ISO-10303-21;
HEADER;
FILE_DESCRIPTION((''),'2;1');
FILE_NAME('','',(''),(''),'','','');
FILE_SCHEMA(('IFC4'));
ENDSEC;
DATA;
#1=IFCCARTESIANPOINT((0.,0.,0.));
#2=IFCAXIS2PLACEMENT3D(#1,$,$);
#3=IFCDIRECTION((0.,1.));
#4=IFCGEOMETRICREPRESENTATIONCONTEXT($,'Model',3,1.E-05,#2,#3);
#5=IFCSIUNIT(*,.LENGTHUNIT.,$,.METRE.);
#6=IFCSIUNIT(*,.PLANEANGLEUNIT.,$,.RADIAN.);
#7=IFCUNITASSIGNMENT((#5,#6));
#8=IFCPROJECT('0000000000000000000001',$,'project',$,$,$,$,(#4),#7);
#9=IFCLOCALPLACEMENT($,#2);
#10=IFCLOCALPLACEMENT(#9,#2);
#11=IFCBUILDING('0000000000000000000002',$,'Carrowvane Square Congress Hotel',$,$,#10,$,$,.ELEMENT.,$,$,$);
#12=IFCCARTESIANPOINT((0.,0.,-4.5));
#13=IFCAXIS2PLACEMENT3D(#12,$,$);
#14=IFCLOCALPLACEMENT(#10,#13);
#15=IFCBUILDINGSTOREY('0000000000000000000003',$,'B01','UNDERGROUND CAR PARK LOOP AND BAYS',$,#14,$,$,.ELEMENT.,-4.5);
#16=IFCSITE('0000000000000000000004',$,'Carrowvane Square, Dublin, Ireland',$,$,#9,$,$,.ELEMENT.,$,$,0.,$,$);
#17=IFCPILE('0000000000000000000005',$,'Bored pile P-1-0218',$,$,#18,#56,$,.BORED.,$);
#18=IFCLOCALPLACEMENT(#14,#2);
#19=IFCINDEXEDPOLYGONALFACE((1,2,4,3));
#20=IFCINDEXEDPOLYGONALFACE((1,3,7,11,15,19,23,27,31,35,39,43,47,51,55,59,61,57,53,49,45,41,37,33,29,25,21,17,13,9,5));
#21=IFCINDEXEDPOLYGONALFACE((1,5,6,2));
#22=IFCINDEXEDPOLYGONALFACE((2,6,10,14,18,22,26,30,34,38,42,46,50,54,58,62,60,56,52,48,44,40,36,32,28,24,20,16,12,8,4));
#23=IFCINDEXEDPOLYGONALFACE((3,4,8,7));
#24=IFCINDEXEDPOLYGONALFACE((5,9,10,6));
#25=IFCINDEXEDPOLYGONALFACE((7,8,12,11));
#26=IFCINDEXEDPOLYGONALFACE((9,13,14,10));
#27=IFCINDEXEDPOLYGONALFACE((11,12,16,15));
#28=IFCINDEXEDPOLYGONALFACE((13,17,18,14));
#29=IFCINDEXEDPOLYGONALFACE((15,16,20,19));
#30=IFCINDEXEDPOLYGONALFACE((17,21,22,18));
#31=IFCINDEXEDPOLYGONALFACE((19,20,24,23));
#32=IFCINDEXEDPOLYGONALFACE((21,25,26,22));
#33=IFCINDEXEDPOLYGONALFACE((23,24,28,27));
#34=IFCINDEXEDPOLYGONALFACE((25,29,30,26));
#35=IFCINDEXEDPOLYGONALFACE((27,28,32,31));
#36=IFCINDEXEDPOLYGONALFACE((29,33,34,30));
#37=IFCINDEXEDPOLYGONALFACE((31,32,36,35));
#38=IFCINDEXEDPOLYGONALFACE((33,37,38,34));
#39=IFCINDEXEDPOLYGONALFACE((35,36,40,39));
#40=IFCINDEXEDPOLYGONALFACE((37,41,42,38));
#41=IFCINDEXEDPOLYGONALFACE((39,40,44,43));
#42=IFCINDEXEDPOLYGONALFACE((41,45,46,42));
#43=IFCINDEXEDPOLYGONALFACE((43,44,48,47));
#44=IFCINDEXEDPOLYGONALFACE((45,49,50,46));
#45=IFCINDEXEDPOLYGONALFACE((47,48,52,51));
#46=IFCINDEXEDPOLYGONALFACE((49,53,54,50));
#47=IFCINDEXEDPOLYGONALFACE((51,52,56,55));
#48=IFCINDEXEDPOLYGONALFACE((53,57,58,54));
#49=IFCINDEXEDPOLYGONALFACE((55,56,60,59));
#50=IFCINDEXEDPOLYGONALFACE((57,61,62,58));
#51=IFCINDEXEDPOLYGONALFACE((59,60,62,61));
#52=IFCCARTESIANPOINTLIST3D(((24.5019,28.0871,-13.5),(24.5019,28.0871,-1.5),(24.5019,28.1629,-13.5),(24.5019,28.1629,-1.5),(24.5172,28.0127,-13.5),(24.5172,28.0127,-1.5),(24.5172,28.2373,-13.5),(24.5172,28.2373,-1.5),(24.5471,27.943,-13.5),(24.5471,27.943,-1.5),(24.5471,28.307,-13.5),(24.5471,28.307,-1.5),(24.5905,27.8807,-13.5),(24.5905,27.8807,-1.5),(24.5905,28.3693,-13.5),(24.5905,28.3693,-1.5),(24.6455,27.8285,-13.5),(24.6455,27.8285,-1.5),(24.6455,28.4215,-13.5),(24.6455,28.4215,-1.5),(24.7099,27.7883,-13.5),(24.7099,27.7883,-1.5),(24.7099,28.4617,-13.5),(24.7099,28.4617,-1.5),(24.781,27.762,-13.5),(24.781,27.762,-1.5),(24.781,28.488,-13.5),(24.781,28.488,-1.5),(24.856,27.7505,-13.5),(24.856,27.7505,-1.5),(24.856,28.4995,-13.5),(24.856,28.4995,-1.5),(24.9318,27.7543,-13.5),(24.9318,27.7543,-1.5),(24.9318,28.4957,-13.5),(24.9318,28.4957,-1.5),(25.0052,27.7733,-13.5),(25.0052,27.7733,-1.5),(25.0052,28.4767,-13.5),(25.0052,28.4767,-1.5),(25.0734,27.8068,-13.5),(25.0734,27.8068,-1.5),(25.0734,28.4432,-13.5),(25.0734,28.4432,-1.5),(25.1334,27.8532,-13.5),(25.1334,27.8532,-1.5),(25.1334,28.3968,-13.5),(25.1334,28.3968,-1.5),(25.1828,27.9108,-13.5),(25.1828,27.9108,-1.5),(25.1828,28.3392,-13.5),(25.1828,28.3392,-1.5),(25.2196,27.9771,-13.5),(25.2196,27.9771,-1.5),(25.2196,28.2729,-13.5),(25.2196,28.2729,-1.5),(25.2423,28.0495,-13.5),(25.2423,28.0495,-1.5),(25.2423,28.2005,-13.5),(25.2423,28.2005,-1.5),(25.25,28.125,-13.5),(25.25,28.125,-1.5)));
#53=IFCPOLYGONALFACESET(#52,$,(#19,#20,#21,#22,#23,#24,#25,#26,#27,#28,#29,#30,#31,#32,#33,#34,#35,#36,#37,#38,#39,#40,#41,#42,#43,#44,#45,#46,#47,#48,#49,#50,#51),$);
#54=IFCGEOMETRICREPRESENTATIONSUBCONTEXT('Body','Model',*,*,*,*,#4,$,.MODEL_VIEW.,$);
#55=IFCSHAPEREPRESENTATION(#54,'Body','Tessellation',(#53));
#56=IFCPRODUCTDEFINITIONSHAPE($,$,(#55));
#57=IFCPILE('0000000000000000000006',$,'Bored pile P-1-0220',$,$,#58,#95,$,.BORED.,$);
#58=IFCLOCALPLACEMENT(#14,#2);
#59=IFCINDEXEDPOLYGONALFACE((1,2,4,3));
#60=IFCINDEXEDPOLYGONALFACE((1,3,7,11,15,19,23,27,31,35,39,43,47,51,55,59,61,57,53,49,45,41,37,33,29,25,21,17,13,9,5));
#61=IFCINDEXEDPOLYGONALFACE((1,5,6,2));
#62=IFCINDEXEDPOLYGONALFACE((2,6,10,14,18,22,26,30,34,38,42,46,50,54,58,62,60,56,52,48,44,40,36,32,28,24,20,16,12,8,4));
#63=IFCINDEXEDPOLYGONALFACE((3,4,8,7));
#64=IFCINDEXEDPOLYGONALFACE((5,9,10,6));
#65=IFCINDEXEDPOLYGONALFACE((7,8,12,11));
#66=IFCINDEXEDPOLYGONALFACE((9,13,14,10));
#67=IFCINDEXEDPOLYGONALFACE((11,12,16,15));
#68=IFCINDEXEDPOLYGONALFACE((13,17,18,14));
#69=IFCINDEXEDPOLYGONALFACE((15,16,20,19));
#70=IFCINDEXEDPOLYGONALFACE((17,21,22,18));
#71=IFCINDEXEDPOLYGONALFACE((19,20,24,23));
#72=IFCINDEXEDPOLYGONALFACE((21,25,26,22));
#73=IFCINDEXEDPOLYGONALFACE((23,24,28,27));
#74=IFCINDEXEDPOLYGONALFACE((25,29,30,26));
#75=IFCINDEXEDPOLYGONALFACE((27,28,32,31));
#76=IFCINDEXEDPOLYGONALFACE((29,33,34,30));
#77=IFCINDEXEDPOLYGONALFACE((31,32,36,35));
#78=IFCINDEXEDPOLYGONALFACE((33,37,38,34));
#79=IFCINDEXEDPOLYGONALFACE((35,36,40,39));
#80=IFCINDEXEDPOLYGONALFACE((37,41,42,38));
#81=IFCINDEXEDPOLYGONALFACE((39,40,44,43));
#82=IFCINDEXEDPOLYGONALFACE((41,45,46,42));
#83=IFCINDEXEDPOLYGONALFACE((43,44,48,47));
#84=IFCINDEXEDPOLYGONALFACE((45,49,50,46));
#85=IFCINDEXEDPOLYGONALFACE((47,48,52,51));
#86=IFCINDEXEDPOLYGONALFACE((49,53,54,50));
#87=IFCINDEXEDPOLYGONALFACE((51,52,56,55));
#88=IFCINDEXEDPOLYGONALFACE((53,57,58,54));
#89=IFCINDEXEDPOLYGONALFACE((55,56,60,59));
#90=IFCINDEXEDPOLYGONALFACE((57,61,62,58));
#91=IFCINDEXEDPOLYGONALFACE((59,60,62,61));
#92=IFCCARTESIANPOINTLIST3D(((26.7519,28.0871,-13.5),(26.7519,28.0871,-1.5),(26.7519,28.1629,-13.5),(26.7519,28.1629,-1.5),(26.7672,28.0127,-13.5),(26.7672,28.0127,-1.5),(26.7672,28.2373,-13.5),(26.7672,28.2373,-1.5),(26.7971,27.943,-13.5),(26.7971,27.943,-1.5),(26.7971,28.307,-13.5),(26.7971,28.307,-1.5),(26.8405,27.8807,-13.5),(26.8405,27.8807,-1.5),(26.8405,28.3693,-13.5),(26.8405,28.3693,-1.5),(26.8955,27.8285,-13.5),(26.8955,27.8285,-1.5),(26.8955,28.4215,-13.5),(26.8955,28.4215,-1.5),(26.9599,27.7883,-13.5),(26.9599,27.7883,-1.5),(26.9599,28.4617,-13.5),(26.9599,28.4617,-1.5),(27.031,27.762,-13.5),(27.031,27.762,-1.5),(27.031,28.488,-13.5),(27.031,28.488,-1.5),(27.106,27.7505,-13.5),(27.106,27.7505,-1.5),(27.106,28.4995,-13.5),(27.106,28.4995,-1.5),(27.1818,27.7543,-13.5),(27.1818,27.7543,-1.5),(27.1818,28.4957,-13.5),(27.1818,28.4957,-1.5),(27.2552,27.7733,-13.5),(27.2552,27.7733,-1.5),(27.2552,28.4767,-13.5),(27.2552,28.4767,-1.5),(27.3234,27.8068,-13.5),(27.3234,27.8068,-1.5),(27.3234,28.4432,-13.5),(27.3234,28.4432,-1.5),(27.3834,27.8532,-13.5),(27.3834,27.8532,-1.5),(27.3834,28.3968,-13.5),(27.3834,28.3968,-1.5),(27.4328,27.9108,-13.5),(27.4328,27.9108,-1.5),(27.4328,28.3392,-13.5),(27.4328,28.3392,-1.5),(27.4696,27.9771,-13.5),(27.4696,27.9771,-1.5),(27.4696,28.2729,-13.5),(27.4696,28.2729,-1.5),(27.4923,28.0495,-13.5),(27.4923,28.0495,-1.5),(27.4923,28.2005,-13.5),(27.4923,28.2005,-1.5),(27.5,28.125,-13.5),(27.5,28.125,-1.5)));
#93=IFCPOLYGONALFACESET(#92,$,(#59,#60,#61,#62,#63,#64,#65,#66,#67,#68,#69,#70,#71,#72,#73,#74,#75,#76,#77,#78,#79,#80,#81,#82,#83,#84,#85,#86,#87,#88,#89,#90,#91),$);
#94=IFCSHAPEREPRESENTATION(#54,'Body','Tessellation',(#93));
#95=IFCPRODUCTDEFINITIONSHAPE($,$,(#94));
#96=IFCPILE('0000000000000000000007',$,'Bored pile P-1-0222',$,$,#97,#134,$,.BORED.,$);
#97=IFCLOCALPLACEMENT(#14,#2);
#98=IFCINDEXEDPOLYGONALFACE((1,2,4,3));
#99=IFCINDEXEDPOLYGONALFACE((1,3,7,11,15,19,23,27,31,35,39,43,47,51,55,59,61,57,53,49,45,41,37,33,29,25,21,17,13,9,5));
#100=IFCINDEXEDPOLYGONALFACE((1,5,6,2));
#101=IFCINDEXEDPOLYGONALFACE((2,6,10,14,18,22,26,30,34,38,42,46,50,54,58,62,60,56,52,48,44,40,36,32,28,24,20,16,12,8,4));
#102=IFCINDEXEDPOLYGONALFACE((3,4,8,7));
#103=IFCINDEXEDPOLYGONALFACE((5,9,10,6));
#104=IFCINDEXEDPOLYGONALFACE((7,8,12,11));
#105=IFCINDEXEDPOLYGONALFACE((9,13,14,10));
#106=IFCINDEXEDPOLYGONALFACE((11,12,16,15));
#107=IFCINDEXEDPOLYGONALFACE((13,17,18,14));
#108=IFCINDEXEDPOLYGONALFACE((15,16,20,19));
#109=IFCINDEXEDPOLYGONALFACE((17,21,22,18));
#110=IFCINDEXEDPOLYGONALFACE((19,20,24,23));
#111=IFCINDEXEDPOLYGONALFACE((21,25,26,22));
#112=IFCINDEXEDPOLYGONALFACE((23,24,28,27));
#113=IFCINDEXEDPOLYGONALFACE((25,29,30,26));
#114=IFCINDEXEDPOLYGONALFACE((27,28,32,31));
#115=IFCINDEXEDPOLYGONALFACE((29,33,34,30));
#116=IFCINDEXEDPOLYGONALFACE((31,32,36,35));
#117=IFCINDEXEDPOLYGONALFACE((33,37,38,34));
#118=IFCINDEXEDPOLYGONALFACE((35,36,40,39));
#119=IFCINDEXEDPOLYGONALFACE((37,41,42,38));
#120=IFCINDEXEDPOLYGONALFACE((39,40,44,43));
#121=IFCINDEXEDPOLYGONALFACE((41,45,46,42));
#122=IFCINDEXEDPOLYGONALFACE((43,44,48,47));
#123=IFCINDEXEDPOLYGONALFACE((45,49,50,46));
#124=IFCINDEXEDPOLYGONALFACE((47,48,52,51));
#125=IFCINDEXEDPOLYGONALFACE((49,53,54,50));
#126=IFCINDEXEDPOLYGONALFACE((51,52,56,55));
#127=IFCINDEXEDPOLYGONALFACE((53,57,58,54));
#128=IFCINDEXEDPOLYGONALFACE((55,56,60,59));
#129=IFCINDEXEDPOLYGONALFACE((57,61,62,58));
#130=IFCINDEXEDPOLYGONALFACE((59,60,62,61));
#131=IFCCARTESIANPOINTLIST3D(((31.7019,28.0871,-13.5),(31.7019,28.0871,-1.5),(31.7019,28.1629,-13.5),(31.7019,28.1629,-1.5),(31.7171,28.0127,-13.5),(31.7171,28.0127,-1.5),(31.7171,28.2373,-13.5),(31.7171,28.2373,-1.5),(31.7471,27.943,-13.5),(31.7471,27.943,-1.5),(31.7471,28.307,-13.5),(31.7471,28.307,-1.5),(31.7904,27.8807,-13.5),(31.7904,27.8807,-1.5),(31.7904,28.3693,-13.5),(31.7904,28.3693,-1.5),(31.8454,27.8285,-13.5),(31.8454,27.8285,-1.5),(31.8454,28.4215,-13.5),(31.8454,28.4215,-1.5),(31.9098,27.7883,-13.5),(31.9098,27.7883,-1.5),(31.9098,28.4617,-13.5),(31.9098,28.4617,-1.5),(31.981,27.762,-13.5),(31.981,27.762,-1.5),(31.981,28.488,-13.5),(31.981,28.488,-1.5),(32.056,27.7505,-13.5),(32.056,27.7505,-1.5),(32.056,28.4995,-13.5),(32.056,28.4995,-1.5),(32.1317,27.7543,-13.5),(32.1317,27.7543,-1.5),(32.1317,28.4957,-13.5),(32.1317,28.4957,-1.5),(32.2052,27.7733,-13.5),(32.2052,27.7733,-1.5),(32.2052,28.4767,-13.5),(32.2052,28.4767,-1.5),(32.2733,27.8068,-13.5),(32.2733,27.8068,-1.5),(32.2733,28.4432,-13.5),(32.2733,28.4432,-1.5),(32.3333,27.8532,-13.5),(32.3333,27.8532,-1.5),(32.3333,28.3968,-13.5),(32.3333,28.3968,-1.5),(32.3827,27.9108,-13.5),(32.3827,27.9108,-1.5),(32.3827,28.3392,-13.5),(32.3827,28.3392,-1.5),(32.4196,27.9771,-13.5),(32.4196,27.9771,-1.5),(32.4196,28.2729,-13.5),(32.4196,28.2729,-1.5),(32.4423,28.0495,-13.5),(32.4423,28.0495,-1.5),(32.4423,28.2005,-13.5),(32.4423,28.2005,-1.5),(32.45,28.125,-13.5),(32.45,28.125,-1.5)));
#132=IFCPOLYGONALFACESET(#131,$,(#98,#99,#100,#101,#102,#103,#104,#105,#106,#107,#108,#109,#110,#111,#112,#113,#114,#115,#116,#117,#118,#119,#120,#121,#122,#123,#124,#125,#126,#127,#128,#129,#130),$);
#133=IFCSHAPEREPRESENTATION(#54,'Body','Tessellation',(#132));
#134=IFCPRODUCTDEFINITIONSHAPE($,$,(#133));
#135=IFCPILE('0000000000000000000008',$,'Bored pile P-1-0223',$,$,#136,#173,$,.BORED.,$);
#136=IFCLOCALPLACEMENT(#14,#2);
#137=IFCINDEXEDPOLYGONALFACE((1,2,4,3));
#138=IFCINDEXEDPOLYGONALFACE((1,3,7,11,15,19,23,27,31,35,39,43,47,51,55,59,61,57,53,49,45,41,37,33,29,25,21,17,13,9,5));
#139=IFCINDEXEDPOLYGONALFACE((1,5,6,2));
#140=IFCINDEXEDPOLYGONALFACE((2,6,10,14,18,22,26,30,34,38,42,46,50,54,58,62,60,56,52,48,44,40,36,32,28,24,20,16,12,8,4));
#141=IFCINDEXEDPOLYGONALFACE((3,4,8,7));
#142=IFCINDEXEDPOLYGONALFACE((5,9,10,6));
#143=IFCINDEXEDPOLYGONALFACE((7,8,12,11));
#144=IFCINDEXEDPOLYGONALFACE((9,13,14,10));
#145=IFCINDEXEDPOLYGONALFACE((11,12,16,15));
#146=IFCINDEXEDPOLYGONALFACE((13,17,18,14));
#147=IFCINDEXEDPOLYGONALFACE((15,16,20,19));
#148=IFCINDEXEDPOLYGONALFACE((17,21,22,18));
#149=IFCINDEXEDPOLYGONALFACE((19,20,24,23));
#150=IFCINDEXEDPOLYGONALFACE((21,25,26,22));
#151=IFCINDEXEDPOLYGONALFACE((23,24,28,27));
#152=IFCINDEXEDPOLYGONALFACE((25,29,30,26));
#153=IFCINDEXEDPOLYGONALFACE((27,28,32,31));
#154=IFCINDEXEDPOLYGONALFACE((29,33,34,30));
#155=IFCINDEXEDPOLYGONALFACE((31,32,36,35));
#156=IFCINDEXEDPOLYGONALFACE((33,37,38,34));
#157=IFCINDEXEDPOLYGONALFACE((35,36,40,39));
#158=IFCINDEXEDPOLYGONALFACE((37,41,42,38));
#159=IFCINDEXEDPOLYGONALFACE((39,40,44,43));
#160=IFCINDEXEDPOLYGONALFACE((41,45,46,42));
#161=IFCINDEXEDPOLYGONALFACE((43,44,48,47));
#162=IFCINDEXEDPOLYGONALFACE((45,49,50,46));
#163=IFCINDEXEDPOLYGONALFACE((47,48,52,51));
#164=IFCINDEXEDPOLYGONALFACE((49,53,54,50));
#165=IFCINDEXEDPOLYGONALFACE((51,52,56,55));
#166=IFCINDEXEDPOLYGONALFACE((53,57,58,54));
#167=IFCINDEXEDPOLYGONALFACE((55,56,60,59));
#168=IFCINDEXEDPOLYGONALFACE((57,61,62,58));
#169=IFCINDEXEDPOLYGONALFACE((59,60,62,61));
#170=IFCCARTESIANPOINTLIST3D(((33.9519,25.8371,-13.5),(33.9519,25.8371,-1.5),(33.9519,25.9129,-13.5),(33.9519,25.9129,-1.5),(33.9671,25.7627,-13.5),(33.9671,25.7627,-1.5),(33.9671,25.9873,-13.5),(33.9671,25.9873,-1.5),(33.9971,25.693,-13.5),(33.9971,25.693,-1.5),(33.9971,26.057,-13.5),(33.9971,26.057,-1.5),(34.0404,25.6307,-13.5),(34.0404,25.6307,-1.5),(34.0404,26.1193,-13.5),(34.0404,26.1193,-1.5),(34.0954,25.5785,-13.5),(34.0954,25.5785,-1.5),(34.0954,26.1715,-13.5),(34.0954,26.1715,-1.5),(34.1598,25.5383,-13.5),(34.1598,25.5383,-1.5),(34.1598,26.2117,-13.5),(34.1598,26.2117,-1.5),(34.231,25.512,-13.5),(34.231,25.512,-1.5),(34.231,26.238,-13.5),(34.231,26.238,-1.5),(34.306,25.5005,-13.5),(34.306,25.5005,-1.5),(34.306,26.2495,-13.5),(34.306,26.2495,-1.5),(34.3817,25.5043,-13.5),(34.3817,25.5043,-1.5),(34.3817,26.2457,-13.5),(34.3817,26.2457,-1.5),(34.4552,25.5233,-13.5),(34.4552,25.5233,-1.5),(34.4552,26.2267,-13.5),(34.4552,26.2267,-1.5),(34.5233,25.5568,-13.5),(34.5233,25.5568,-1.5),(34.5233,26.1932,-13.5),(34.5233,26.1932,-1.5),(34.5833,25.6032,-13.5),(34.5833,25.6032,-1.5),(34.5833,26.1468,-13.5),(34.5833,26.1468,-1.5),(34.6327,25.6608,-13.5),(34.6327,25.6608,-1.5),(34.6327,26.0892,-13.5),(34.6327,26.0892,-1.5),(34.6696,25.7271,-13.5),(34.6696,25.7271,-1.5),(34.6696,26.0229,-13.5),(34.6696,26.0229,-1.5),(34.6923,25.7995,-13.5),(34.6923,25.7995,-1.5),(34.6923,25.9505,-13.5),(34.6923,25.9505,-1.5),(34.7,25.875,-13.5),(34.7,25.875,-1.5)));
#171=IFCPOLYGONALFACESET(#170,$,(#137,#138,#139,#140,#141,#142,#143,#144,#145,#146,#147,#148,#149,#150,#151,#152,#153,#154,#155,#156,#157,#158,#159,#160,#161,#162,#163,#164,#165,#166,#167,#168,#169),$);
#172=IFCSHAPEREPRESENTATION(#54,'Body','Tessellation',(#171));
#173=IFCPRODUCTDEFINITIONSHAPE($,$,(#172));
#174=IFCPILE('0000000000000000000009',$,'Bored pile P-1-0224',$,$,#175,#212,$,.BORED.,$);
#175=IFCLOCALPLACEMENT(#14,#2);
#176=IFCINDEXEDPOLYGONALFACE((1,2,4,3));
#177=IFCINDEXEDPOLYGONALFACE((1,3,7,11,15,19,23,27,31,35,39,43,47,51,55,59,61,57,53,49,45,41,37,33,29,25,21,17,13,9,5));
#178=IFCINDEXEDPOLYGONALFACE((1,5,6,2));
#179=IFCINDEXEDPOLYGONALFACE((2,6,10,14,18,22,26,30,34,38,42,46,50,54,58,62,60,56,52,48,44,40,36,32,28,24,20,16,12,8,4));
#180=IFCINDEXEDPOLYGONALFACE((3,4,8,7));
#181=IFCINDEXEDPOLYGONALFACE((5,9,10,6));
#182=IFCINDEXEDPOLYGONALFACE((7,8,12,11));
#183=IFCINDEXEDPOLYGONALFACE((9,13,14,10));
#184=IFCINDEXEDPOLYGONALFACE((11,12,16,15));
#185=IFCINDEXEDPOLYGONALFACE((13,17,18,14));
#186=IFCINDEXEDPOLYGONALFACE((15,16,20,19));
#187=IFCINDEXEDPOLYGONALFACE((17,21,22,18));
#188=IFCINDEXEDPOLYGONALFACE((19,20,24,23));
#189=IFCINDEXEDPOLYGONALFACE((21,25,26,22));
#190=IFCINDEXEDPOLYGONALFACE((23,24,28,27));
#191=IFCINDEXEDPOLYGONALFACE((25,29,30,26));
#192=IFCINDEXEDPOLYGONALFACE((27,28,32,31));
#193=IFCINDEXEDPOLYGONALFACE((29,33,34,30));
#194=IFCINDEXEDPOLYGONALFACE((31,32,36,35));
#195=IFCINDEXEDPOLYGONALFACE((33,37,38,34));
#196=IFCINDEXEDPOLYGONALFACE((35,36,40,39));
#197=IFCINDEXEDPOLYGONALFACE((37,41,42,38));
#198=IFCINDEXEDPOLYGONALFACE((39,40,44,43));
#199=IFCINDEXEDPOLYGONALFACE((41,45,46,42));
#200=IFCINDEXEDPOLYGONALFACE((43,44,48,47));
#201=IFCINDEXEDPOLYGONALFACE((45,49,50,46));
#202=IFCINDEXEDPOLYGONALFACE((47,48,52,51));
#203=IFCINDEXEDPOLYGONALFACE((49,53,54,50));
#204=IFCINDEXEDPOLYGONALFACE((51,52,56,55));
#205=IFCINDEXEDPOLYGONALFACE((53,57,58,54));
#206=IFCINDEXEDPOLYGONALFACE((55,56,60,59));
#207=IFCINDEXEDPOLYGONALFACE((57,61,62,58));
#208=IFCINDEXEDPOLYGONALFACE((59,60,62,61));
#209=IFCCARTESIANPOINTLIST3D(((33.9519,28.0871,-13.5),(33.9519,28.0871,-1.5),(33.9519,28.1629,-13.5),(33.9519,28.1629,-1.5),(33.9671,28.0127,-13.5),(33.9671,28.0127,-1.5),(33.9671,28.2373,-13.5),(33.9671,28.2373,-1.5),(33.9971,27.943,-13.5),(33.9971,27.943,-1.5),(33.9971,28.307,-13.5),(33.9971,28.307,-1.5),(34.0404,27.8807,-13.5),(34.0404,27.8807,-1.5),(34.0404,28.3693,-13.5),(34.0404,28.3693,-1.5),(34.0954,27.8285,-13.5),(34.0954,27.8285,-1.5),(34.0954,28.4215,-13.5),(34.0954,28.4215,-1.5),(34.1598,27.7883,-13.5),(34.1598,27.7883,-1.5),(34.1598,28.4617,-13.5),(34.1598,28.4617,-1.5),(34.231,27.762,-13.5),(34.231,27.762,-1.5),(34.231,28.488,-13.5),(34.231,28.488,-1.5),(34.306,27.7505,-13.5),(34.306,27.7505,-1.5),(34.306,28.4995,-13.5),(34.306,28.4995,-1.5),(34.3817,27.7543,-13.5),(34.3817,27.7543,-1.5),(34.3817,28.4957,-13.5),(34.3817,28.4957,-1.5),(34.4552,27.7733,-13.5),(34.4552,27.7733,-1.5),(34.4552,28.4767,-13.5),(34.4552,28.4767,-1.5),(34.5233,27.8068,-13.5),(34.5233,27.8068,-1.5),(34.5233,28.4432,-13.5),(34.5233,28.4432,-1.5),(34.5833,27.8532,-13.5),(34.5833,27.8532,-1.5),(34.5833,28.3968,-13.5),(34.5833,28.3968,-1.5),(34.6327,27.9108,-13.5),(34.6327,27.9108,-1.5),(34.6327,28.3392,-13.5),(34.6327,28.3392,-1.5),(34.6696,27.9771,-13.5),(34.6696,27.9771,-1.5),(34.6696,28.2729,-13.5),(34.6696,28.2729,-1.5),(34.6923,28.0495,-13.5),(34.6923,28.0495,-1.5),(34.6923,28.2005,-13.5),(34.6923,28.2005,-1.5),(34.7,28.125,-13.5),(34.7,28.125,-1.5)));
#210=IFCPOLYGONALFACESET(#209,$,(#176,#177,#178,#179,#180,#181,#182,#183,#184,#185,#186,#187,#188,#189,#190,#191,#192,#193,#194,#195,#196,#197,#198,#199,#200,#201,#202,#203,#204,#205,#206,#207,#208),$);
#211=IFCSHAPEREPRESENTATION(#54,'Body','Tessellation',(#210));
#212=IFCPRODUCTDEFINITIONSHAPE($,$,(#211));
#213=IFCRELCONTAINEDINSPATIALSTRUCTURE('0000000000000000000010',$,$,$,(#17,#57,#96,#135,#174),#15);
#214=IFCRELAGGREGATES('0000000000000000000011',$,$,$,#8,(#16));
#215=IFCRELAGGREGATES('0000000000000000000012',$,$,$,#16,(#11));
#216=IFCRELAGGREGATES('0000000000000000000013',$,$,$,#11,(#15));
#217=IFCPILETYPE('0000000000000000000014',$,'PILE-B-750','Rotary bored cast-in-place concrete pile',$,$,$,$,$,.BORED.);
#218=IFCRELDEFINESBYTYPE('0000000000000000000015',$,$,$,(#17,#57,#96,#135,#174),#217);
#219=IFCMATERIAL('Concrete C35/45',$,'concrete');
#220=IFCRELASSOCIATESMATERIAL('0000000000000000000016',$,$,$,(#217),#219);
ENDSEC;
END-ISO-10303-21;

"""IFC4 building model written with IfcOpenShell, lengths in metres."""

from ifc_helpers import new_model, si_unit, direction, frame, origin, origin_2d, place, context, subcontext, project, spatial, circle, extrude, material, material_profile, profile_set, type_object, element, save


model = new_model("IFC4")

# Units and contexts
model_context = context("Model", 3, precision=1e-05, world=origin(), true_north=direction((0.0, 1.0)))
body_context = subcontext(model_context, "Body", "Model", "MODEL_VIEW")
ifc_project = project(units=[si_unit("LENGTHUNIT", "METRE"), si_unit("PLANEANGLEUNIT", "RADIAN")], contexts=[model_context])

# Site, building, storey
site_placement = place(None, origin())
site = spatial("IfcSite", under=ifc_project, at=site_placement, Name="Carrowvane Square, Dublin, Ireland", CompositionType="ELEMENT", RefElevation=0.0)
building_placement = place(site_placement, origin())
building = spatial("IfcBuilding", under=site, at=building_placement, Name="Carrowvane Square Congress Hotel", CompositionType="ELEMENT")
storey_placement = place(building_placement, frame((0.0, 0.0, -4.5)))
storey = spatial("IfcBuildingStorey", under=building, at=storey_placement, Name="B01", Description="UNDERGROUND CAR PARK LOOP AND BAYS", CompositionType="ELEMENT", Elevation=-4.5)

# Piles
ifc_material_1 = material(Name="Concrete C35/45", Category="concrete")
ifc_material_profile_1 = material_profile(ifc_material_1, circle(Radius=0.375, at=origin_2d()), Name="PILE D750")
ifc_profile_set_1 = profile_set([ifc_material_profile_1], Name="Concrete C35/45")
pile_type = type_object("IfcPileType", Name="PILE-B-750", Description="Rotary bored cast-in-place concrete pile", PredefinedType="BORED", material=ifc_profile_set_1)
for number, where, z_axis, x_axis, name in (
    (1, (24.875, 28.125, -1.5), (0.0, 0.0, -1.0), (1.0, 0.0, 0.0), "Bored pile P-1-0218"),
    (2, (27.125, 28.125, -1.5), (0.0, 0.0, -1.0), (1.0, 0.0, 0.0), "Bored pile P-1-0220"),
    (3, (32.075, 28.125, -1.5), (0.0, 0.0, -1.0), (1.0, 0.0, 0.0), "Bored pile P-1-0222"),
    (4, (34.325, 25.875, -1.5), (0.0, 0.0, -1.0), (1.0, 0.0, 0.0), "Bored pile P-1-0223"),
    (5, (34.325, 28.125, -1.5), (0.0, 0.0, -1.0), (1.0, 0.0, 0.0), "Bored pile P-1-0224"),
):
    element("IfcPile", number, at=place(storey_placement, frame(where, z_axis=z_axis, x_axis=x_axis)), inside=storey, type_object=pile_type, Name=name, PredefinedType="BORED", context=body_context, shape_type="SweptSolid", body=[
        extrude(circle(Radius=0.375, at=origin_2d()), origin(), (0.0, 0.0, 1.0), 12.0),
    ])

save(model, "model.ifc")
